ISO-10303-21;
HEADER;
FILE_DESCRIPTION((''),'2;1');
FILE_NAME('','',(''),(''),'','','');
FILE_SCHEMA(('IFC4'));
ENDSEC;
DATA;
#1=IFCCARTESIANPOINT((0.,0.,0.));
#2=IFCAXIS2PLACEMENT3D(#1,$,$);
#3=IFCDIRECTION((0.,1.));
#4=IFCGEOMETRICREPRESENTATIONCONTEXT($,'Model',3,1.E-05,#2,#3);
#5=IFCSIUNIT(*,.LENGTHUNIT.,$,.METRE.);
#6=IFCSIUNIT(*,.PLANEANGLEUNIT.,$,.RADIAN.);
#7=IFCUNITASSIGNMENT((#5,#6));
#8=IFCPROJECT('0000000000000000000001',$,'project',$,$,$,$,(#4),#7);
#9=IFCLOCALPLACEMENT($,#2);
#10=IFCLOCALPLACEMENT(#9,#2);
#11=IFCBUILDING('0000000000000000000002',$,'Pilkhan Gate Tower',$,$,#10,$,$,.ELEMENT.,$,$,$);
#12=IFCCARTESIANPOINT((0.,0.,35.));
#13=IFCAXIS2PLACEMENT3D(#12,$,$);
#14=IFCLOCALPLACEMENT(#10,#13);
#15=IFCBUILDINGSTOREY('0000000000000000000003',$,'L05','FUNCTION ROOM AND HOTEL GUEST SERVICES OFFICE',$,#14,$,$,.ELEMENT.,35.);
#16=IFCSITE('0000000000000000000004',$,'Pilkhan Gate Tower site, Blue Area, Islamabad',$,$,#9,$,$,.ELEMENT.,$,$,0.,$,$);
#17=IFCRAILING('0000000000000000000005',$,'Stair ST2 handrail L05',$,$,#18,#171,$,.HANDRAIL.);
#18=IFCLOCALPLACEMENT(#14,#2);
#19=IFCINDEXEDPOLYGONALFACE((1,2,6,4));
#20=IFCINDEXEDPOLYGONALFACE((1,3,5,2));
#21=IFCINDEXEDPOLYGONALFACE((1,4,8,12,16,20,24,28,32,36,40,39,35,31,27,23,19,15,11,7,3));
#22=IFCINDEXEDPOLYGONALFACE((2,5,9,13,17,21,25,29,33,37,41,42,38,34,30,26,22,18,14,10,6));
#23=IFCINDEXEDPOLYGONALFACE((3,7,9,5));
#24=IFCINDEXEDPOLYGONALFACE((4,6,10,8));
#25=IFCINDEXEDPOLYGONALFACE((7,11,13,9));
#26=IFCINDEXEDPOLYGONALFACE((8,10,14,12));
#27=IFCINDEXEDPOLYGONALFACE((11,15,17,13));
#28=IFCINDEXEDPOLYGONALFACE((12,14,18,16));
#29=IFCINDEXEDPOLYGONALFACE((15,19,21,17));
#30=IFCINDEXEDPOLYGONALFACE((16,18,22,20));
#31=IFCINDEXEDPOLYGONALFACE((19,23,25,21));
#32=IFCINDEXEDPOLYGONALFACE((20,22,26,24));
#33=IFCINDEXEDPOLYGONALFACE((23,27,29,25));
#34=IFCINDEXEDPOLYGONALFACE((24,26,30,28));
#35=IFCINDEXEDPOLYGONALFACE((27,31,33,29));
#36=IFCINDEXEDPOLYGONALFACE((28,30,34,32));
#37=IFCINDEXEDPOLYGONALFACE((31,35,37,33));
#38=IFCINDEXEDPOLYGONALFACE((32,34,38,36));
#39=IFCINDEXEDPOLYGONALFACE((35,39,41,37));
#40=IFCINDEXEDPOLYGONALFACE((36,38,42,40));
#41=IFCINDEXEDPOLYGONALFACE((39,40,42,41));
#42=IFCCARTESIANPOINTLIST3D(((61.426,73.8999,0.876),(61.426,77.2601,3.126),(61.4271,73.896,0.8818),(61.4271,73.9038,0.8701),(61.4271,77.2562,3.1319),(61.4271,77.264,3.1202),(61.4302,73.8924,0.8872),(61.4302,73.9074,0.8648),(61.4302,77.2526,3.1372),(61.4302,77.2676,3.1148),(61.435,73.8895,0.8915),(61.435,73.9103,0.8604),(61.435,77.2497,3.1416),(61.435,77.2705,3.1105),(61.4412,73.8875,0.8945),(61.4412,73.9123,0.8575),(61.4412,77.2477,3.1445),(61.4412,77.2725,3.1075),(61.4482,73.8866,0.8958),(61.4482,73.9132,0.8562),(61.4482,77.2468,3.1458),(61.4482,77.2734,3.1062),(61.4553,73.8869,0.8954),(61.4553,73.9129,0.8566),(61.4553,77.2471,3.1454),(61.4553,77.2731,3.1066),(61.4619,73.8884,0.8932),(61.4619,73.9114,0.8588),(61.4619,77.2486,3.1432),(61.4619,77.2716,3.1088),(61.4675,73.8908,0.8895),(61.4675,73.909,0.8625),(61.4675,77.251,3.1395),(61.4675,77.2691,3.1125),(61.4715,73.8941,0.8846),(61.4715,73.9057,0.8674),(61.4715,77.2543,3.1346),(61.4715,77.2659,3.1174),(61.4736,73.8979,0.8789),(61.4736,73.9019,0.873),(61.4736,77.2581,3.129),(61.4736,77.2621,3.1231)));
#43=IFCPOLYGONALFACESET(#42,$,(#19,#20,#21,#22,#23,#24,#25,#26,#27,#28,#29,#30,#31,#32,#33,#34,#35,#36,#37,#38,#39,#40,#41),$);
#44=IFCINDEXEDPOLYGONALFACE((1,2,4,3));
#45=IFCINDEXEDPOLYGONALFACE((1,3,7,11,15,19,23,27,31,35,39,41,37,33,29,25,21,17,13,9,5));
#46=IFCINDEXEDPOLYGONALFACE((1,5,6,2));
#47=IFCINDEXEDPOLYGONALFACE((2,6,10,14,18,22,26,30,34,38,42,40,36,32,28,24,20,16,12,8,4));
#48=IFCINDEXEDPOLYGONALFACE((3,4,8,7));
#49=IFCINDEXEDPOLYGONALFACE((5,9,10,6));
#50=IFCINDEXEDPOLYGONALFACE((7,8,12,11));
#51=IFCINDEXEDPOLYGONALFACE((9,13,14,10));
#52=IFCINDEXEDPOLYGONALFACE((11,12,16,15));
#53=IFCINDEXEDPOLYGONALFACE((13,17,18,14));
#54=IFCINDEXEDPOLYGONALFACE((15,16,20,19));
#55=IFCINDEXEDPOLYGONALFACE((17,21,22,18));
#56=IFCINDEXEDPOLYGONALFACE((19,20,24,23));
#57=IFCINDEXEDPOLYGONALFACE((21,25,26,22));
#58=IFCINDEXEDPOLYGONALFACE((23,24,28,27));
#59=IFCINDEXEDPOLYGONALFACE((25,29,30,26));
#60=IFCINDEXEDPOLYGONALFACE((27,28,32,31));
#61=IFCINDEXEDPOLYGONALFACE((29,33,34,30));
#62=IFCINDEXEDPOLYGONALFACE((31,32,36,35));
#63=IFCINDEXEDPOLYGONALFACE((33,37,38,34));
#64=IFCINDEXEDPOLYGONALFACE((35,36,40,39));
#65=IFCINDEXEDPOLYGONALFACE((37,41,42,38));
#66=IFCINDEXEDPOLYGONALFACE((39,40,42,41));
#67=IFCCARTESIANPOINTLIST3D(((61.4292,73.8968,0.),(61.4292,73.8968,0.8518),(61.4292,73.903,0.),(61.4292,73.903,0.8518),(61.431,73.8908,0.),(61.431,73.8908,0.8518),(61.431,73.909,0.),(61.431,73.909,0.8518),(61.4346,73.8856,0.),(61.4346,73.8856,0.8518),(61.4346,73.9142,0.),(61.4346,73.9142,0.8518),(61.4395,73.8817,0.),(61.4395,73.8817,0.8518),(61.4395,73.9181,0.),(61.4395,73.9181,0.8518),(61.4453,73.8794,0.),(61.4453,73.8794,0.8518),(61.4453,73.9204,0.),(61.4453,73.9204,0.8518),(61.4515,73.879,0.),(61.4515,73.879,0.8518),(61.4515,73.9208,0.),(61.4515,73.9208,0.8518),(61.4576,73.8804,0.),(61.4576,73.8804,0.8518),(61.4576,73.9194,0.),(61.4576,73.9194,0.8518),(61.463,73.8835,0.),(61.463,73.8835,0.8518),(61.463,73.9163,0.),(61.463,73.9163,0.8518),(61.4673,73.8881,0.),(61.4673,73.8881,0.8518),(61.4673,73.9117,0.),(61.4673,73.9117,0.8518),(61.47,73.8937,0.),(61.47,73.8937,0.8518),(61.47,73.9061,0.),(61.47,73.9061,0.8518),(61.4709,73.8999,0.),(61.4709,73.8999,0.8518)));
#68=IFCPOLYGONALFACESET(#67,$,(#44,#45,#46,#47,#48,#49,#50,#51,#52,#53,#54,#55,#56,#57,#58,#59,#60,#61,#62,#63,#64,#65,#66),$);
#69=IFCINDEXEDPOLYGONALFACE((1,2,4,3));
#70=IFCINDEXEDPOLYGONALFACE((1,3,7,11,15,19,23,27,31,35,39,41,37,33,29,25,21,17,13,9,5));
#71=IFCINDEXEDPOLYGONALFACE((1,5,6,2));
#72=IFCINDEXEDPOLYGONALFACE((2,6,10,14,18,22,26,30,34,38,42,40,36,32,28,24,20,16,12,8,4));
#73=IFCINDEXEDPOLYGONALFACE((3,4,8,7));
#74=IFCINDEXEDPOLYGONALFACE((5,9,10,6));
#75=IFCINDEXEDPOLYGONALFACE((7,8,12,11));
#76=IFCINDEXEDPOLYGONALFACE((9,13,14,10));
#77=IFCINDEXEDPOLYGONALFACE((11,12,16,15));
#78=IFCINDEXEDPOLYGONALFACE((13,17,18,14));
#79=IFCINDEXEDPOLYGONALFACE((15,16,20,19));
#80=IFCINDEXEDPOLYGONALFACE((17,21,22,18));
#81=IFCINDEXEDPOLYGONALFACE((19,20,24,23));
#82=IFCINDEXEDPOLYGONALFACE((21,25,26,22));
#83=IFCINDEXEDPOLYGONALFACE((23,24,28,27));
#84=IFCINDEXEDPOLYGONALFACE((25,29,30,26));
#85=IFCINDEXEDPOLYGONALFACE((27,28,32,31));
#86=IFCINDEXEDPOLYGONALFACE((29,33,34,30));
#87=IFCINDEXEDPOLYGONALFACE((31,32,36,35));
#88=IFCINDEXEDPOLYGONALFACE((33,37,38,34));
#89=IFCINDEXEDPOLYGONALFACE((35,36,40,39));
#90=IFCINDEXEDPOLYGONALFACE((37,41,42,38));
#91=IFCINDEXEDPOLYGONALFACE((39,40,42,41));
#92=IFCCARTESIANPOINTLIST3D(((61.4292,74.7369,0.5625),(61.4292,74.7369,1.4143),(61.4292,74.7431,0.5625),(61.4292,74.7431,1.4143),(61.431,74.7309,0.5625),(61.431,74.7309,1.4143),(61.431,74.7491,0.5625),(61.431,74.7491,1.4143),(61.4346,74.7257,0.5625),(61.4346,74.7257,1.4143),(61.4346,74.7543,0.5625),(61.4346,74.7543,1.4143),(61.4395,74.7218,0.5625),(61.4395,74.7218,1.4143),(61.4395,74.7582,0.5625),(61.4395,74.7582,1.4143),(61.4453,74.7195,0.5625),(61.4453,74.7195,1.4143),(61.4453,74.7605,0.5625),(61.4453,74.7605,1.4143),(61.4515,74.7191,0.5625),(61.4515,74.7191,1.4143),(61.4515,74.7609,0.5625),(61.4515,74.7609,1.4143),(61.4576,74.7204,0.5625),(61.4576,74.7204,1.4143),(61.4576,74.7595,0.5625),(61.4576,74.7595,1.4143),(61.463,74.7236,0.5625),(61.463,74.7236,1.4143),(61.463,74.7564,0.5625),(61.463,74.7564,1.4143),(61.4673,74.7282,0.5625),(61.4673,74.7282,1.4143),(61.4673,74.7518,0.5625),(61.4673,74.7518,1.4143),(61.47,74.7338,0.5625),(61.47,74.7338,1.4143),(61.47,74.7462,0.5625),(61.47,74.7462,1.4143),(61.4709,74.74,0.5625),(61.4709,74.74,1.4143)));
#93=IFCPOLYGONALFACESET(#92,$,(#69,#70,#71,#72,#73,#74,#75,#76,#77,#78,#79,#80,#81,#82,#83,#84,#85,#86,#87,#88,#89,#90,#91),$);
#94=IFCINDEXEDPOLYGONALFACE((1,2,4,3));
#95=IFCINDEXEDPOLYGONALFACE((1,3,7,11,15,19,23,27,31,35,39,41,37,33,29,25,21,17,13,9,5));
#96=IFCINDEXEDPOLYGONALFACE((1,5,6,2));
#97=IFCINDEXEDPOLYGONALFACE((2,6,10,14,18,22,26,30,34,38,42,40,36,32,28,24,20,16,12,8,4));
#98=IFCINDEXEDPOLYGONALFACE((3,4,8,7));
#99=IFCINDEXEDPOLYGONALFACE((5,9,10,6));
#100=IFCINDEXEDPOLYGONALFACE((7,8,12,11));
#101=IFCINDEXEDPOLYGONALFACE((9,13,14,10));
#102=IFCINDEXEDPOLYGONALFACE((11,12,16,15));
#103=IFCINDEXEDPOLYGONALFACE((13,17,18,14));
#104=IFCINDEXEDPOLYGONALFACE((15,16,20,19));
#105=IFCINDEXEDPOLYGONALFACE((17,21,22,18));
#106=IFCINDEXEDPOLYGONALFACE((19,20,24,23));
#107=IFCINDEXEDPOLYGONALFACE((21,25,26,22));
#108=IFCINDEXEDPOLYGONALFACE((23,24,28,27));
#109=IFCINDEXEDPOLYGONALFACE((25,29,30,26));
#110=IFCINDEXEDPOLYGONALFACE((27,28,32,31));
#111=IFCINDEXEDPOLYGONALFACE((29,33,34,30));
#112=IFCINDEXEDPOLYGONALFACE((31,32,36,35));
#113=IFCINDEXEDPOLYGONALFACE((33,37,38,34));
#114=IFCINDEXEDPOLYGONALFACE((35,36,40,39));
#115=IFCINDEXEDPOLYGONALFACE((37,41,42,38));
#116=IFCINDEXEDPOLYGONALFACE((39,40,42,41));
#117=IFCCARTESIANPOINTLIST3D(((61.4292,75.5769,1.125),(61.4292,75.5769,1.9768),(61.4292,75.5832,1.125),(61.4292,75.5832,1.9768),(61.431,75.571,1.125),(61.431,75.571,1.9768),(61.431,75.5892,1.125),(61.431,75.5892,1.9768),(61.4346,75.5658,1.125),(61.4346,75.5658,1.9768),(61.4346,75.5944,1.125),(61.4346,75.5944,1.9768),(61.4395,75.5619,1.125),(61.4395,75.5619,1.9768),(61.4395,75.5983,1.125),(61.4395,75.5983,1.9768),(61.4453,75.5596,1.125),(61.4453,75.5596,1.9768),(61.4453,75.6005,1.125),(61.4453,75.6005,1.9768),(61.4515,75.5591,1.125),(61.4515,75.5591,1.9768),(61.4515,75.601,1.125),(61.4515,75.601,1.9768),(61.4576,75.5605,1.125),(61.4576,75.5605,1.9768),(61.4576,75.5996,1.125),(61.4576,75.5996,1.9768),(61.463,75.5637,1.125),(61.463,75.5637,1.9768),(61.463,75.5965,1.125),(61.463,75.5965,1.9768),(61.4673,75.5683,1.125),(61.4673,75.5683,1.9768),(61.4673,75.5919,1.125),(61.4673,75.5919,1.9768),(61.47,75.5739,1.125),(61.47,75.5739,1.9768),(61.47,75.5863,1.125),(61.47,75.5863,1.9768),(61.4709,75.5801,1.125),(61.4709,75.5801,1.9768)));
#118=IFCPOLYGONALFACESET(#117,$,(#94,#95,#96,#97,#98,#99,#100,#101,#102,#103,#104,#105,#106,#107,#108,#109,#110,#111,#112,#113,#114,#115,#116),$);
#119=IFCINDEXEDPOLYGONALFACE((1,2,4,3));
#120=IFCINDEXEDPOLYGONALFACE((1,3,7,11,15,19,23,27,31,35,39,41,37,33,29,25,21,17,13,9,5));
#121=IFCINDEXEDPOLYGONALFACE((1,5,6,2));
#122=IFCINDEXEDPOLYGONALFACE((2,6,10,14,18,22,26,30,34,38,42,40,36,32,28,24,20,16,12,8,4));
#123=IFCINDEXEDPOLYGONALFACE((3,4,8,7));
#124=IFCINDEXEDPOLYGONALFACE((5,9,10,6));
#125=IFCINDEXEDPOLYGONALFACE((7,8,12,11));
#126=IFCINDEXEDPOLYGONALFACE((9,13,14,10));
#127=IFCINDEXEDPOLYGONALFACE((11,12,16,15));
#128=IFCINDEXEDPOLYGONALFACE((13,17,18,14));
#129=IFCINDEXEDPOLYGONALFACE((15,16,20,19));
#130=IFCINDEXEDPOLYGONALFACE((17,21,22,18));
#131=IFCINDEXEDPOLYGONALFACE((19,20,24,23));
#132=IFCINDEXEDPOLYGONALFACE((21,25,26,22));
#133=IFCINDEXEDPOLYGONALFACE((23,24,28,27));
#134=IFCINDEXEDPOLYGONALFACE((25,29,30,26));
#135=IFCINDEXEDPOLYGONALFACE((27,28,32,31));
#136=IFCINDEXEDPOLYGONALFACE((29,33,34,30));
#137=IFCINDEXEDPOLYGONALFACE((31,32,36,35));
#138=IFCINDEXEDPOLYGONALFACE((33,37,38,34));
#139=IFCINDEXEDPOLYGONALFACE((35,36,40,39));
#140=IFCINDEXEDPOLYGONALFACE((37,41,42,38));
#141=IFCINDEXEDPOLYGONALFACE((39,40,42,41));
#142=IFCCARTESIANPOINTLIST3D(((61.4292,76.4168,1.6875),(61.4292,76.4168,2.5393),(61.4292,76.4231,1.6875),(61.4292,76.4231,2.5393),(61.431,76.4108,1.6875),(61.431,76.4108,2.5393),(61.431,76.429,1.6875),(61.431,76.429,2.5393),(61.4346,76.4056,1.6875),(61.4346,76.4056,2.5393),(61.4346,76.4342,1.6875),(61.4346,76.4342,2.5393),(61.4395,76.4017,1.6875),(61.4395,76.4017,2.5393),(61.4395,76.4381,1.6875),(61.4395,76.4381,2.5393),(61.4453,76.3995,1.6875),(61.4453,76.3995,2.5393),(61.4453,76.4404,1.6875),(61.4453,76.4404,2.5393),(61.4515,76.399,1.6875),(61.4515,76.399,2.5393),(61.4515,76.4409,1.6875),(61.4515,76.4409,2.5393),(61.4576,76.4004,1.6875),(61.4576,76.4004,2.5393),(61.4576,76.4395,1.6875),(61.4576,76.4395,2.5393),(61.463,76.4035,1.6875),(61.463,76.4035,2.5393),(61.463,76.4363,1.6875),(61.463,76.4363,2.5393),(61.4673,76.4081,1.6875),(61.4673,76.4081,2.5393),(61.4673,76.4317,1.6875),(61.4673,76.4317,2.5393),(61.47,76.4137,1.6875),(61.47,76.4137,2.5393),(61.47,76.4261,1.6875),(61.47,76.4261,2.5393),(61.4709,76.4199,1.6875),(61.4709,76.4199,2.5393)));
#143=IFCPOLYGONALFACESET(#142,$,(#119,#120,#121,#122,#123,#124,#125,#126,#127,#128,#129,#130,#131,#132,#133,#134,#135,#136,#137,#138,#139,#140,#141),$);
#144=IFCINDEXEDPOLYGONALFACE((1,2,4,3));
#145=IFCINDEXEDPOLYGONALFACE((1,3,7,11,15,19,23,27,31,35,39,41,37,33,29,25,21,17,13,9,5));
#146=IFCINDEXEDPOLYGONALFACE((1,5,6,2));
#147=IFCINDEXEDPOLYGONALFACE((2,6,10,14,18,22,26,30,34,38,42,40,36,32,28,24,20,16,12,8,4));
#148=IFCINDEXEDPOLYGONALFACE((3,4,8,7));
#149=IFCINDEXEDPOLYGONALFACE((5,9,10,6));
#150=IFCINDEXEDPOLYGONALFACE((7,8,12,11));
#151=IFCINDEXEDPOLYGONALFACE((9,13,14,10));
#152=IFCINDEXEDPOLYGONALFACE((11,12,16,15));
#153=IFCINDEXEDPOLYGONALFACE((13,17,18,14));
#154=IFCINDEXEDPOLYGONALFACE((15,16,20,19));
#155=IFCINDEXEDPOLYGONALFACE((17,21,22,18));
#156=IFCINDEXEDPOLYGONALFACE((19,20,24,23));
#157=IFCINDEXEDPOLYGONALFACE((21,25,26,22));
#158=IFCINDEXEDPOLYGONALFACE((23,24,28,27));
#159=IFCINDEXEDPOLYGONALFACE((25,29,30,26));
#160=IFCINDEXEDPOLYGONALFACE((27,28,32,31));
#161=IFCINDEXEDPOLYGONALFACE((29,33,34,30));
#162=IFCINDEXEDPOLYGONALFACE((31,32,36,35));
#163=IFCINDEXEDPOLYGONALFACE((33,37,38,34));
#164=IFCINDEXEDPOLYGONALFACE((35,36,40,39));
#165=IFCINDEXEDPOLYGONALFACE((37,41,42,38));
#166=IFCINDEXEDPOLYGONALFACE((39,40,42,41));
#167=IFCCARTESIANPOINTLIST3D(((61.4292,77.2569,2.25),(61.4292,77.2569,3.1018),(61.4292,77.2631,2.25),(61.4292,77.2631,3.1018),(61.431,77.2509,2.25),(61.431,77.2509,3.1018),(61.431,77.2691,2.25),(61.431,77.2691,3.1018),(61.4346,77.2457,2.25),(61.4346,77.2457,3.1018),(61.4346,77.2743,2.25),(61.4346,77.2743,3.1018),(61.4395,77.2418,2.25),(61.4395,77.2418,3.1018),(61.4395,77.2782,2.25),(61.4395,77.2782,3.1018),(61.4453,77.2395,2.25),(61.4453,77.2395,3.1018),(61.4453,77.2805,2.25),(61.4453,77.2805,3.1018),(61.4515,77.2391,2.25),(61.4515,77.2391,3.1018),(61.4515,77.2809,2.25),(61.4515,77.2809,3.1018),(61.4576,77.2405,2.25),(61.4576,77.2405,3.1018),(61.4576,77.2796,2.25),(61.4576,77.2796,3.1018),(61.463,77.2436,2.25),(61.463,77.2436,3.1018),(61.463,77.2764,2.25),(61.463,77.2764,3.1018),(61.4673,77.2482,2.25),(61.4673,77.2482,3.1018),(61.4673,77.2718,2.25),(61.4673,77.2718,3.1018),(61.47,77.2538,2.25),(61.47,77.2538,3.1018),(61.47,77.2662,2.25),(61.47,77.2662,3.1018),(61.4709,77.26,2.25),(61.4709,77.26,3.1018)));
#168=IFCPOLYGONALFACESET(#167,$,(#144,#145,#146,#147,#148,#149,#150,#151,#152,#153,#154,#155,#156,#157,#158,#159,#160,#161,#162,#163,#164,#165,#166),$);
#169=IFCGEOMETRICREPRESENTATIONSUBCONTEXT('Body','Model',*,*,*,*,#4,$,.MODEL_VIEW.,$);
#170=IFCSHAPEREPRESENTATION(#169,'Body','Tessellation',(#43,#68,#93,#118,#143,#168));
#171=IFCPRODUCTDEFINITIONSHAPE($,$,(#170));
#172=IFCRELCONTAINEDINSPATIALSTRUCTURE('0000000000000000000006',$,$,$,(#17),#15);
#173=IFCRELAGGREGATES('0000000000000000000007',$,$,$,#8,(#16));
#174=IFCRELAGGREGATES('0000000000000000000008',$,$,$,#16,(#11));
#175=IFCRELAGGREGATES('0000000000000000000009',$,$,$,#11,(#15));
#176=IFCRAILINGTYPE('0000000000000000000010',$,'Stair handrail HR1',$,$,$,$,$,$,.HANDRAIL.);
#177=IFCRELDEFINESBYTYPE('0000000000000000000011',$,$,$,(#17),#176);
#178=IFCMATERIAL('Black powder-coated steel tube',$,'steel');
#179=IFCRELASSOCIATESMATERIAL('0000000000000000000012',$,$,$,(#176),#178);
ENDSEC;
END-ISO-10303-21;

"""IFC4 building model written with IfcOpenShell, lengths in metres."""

from ifc_helpers import new_model, si_unit, direction, frame, origin, origin_2d, place, context, subcontext, project, spatial, circle, extrude, material, type_object, element, save


model = new_model("IFC4")

# Units and contexts
model_context = context("Model", 3, precision=1e-05, world=origin(), true_north=direction((0.0, 1.0)))
body_context = subcontext(model_context, "Body", "Model", "MODEL_VIEW")
ifc_project = project(units=[si_unit("LENGTHUNIT", "METRE"), si_unit("PLANEANGLEUNIT", "RADIAN")], contexts=[model_context])

# Site, building, storey
site_placement = place(None, origin())
site = spatial("IfcSite", under=ifc_project, at=site_placement, Name="Pilkhan Gate Tower site, Blue Area, Islamabad", CompositionType="ELEMENT", RefElevation=0.0)
building_placement = place(site_placement, origin())
building = spatial("IfcBuilding", under=site, at=building_placement, Name="Pilkhan Gate Tower", CompositionType="ELEMENT")
storey_placement = place(building_placement, frame((0.0, 0.0, 35.0)))
storey = spatial("IfcBuildingStorey", under=building, at=storey_placement, Name="L05", Description="FUNCTION ROOM AND HOTEL GUEST SERVICES OFFICE", CompositionType="ELEMENT", Elevation=35.0)

# Railing
ifc_material_1 = material(Name="Black powder-coated steel tube", Category="steel")
railing_type_1 = type_object("IfcRailingType", Name="Stair handrail HR1", PredefinedType="HANDRAIL", material=ifc_material_1)
railing_1_placement = place(storey_placement, frame((61.45, 73.8999, 0.0)))
element("IfcRailing", 1, at=railing_1_placement, inside=storey, type_object=railing_type_1, Name="Stair ST2 handrail L05", PredefinedType="HANDRAIL", context=body_context, shape_type="SweptSolid", body=[
    extrude(circle(Radius=0.0239, at=origin_2d()), frame((0.0, 0.0, 0.876), z_axis=(0.0, 0.830915, 0.556399), x_axis=(-1.0, 0.0, 0.0)), (0.0, 0.0, 1.0), 4.0439),
    extrude(circle(Radius=0.021, at=origin_2d()), origin(), (0.0, 0.0, 1.0), 0.8518),
    extrude(circle(Radius=0.021, at=origin_2d()), frame((0.0, 0.8401, 0.5625)), (0.0, 0.0, 1.0), 0.8518),
    extrude(circle(Radius=0.021, at=origin_2d()), frame((0.0, 1.6802, 1.125)), (0.0, 0.0, 1.0), 0.8518),
    extrude(circle(Radius=0.021, at=origin_2d()), frame((0.0, 2.52, 1.6875)), (0.0, 0.0, 1.0), 0.8518),
    extrude(circle(Radius=0.021, at=origin_2d()), frame((0.0, 3.3601, 2.25)), (0.0, 0.0, 1.0), 0.8518),
])

save(model, "model.ifc")
